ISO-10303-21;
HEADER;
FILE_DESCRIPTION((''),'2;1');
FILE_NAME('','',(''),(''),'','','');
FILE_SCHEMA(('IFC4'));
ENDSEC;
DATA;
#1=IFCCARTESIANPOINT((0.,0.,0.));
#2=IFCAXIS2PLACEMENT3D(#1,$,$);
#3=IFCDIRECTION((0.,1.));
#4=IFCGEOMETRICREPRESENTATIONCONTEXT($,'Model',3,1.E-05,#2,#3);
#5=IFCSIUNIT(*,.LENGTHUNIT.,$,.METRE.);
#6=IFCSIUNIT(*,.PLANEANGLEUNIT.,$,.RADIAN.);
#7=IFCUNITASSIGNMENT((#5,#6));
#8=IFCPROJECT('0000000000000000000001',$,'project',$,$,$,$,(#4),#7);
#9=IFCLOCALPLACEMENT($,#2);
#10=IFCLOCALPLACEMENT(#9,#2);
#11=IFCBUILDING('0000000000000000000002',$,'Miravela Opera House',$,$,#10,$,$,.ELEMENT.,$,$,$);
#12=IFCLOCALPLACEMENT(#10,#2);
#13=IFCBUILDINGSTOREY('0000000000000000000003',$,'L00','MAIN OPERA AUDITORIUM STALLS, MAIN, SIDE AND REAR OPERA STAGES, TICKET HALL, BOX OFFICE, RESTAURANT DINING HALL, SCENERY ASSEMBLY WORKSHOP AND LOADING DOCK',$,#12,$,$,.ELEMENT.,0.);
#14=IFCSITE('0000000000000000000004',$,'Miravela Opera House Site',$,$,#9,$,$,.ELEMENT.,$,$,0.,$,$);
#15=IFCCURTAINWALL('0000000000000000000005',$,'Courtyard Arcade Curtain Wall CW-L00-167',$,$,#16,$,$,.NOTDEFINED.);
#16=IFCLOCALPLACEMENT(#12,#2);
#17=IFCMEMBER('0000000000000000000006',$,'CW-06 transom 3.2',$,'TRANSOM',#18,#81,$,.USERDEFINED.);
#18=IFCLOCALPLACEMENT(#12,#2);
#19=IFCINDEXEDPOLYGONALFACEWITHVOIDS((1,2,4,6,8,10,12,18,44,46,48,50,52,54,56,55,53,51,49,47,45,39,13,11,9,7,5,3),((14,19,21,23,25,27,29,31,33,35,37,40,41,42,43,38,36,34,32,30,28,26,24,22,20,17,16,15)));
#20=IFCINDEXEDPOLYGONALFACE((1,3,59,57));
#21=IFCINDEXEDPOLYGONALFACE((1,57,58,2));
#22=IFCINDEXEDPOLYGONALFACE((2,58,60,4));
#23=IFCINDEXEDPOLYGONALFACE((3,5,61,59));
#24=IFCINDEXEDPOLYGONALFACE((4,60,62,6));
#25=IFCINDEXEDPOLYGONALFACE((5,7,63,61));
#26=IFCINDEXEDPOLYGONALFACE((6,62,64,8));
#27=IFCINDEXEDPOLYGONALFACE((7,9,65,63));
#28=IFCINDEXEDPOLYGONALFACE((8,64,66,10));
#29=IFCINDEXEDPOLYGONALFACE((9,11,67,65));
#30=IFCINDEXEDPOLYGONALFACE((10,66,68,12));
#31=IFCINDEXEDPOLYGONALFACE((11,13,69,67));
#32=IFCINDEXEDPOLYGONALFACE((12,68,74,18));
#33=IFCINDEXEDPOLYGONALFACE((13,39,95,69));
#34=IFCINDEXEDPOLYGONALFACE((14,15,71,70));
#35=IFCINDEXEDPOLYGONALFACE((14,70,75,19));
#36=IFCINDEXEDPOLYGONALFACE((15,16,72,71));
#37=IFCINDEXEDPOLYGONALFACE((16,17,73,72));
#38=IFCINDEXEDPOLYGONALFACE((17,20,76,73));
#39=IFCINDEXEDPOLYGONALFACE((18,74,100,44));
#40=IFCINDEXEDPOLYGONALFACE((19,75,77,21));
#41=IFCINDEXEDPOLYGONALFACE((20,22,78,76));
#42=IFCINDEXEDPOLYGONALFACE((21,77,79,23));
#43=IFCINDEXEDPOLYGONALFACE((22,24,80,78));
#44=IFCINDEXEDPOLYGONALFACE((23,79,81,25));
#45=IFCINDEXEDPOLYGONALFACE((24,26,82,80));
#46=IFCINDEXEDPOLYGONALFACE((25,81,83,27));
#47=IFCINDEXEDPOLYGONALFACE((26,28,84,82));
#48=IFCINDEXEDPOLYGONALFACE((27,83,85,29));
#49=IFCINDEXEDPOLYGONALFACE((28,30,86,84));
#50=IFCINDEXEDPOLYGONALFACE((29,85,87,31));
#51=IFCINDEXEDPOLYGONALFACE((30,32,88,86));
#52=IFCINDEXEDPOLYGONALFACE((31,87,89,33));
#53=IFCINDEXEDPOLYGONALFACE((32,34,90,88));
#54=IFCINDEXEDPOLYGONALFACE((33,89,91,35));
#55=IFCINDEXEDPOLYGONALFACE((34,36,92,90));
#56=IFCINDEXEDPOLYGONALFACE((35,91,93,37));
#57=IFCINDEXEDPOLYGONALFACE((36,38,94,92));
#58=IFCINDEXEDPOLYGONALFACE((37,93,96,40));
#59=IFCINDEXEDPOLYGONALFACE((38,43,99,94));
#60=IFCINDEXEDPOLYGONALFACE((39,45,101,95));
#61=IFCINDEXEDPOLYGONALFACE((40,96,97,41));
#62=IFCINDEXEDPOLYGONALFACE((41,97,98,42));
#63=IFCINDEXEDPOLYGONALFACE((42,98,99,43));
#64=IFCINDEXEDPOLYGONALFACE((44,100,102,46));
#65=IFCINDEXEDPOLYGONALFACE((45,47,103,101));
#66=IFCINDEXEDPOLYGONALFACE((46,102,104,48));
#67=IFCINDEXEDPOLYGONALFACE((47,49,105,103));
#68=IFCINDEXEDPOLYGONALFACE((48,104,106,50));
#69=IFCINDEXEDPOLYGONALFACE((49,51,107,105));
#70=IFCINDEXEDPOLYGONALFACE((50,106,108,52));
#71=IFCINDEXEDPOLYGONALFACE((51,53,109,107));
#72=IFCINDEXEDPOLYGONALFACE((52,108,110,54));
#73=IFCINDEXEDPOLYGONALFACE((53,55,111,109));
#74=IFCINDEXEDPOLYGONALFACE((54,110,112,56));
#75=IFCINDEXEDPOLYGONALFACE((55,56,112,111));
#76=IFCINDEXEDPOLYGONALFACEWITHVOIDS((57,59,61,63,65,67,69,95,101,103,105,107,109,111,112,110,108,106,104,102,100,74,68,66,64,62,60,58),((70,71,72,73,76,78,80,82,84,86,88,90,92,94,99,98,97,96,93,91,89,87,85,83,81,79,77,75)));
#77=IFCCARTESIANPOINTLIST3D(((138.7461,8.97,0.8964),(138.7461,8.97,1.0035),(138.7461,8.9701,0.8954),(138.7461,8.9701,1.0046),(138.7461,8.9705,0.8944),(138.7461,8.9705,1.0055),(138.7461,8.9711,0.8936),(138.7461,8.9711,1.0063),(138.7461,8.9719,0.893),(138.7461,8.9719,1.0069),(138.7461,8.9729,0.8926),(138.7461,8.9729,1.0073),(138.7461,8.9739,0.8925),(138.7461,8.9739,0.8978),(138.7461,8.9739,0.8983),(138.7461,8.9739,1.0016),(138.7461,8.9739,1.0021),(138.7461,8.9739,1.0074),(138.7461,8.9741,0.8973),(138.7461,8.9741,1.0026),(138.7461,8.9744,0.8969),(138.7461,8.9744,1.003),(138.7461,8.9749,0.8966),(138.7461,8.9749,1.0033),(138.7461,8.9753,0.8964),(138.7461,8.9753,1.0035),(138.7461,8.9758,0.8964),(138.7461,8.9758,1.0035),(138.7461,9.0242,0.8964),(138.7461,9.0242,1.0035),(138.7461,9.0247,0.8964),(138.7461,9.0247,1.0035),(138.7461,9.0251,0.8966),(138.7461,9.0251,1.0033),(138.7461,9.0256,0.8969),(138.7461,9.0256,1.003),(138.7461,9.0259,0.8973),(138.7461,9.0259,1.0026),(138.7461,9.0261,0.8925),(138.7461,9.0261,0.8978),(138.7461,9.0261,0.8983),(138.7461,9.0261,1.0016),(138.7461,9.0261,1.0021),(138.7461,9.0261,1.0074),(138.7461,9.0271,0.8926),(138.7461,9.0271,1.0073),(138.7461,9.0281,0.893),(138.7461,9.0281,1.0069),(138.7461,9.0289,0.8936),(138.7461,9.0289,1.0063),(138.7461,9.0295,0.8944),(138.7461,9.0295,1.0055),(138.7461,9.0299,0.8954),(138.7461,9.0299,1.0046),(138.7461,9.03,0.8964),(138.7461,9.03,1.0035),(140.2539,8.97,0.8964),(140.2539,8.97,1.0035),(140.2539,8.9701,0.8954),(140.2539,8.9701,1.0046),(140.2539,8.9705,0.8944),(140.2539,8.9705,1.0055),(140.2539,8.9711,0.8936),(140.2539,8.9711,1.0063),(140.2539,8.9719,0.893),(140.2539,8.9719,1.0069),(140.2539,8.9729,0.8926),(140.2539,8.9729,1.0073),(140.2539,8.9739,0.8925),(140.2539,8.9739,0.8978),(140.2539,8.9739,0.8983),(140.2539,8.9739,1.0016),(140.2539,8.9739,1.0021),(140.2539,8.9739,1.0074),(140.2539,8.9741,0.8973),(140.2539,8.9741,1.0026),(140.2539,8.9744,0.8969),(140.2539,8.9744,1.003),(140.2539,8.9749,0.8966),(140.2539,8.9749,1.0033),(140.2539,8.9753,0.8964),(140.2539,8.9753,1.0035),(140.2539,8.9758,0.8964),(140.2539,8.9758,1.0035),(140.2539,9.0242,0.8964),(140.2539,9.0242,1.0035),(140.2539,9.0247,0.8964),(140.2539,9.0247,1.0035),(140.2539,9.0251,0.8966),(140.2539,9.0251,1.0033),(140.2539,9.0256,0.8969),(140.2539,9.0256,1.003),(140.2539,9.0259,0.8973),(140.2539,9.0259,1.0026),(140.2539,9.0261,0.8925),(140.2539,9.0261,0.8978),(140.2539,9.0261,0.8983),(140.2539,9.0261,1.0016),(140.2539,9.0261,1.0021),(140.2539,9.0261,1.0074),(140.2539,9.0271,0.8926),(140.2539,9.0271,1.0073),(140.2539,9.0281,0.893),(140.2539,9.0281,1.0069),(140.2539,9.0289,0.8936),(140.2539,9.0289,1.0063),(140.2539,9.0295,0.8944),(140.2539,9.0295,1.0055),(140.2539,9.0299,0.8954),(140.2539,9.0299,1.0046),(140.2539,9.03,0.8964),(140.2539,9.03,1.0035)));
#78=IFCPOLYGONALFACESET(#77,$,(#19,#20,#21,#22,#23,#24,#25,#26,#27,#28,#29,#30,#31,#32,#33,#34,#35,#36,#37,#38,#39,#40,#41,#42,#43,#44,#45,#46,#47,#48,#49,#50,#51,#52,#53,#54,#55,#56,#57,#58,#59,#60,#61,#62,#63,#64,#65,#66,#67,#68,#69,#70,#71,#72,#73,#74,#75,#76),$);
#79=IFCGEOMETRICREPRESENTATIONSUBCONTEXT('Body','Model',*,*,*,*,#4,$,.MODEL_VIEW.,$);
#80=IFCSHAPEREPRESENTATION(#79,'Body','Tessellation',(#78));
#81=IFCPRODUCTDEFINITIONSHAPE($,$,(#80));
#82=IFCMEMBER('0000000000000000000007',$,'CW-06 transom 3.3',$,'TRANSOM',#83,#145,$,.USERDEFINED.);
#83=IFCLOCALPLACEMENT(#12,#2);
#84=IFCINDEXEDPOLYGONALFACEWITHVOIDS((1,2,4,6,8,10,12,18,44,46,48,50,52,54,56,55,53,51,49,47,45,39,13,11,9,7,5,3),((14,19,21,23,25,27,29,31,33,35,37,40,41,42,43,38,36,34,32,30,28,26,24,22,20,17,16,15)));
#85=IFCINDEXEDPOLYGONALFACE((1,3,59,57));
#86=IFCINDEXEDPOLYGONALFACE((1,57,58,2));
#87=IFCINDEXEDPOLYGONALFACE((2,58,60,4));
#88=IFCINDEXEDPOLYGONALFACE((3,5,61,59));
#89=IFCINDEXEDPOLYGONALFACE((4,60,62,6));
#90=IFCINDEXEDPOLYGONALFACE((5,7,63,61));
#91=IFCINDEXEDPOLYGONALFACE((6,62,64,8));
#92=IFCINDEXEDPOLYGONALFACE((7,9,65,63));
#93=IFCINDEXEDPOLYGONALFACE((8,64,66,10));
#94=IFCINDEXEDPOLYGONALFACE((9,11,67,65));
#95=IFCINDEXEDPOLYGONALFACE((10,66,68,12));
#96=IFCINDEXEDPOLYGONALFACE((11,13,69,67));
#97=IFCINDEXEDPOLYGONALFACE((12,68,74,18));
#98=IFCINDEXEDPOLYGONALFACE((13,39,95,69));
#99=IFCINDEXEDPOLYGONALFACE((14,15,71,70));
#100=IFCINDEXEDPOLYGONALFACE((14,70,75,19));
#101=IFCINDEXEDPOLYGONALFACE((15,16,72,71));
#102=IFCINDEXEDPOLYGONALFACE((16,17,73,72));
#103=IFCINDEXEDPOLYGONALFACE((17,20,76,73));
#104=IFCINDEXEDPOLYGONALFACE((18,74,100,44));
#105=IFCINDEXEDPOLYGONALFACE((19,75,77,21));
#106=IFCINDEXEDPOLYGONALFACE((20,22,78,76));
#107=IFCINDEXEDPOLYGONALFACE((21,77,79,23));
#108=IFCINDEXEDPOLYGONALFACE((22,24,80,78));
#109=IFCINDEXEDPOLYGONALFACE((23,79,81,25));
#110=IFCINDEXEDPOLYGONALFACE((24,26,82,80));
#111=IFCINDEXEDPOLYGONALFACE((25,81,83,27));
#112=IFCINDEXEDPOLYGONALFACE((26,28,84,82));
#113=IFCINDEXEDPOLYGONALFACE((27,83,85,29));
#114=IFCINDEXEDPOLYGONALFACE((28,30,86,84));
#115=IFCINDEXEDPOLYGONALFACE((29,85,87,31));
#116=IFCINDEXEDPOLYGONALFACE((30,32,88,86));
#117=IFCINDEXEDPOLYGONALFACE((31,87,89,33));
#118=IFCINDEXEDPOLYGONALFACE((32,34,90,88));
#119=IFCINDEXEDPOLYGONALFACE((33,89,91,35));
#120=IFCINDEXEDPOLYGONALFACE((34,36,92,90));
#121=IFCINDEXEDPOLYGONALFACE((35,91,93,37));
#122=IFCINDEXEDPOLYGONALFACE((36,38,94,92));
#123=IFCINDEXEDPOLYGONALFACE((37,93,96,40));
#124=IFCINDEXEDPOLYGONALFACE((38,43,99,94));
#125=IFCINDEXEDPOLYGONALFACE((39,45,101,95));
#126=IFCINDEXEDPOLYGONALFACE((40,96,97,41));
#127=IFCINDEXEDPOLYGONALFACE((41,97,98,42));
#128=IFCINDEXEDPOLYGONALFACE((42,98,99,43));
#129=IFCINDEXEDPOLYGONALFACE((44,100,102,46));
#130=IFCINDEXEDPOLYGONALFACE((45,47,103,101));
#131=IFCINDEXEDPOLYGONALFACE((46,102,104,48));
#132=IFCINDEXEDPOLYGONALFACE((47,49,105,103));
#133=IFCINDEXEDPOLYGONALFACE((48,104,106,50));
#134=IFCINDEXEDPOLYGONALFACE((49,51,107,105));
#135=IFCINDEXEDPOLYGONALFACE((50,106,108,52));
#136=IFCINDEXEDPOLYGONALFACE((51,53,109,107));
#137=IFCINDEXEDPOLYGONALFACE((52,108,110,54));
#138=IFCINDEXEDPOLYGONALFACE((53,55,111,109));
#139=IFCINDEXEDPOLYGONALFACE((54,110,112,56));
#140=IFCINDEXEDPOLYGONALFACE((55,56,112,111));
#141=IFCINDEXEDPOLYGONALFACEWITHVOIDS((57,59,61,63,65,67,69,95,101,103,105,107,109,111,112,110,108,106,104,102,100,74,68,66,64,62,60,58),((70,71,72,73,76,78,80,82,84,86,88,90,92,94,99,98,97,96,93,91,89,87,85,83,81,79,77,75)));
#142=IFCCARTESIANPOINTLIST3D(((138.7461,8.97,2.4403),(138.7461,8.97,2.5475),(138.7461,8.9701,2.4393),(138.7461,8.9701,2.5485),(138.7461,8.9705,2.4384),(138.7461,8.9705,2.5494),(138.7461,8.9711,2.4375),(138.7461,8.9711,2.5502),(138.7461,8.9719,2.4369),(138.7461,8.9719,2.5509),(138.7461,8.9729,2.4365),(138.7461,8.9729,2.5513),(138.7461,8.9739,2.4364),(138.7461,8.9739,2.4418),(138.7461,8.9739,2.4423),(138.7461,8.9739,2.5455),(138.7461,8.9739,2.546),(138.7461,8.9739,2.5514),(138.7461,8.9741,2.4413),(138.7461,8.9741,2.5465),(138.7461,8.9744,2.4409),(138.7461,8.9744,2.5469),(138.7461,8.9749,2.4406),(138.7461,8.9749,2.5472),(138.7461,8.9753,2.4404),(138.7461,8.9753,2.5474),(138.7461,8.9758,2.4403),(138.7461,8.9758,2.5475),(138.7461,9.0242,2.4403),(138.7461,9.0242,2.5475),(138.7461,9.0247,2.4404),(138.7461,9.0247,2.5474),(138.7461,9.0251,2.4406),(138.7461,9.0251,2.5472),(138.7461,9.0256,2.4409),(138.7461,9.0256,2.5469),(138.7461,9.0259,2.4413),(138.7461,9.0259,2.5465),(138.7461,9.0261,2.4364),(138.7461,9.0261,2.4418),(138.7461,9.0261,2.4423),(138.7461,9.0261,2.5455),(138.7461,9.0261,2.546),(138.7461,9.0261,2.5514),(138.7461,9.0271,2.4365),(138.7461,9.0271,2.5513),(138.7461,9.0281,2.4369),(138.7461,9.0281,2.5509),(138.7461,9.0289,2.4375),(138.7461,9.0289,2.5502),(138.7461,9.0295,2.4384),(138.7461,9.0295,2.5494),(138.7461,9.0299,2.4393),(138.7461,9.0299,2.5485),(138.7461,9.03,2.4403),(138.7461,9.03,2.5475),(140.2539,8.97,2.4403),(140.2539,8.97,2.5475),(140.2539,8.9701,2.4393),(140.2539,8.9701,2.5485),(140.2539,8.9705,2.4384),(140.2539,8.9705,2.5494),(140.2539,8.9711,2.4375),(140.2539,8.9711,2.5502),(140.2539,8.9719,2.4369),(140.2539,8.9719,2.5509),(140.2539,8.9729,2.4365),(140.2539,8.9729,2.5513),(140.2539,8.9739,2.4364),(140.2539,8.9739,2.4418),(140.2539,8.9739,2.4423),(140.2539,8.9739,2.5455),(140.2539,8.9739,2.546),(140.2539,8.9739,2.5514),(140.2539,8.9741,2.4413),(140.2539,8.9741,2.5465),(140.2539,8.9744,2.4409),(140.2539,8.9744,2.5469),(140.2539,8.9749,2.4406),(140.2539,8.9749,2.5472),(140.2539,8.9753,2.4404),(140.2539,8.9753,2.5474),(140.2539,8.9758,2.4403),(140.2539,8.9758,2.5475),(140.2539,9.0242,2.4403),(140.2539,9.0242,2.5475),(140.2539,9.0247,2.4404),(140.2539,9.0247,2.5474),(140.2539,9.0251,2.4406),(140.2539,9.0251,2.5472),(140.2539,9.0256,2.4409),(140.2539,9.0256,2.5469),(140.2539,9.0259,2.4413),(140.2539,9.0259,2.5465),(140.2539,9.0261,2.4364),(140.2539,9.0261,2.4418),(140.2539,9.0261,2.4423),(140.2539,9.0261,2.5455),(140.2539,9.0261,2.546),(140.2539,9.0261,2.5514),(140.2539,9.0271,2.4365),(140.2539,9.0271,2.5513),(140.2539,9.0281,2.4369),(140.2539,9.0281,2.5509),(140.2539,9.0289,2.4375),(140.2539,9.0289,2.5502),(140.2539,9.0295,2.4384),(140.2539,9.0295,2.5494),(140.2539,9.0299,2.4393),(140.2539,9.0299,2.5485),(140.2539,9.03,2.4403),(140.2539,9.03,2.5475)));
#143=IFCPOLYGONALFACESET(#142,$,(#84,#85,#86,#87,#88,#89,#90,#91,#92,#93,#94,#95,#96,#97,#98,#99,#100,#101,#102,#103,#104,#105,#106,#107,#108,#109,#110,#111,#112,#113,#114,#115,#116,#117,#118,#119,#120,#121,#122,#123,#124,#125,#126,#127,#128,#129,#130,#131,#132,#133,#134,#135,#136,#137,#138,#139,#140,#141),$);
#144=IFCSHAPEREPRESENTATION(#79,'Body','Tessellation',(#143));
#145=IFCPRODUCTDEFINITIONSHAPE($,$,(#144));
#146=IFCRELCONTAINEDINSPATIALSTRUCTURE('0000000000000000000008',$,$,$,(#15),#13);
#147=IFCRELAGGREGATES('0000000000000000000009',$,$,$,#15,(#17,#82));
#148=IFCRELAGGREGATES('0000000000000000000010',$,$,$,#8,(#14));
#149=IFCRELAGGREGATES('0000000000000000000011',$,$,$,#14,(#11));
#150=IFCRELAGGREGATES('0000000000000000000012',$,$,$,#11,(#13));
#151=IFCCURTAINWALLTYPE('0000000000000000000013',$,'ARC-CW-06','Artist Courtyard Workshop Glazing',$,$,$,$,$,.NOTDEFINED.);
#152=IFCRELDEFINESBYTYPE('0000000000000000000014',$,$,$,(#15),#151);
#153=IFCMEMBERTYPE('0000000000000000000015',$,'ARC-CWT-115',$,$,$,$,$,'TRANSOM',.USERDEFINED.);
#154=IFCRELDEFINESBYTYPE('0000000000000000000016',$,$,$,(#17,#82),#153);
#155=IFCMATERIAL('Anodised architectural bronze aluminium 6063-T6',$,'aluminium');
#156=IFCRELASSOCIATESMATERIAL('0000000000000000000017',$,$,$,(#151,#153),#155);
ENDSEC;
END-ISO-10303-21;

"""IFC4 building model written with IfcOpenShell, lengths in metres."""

from ifc_helpers import new_model, si_unit, direction, frame, origin, origin_2d, place, context, subcontext, project, spatial, hollow_rectangle, extrude, material, material_profile, profile_set, type_object, element, aggregate, save


model = new_model("IFC4")

# Units and contexts
model_context = context("Model", 3, precision=1e-05, world=origin(), true_north=direction((0.0, 1.0)))
body_context = subcontext(model_context, "Body", "Model", "MODEL_VIEW")
ifc_project = project(units=[si_unit("LENGTHUNIT", "METRE"), si_unit("PLANEANGLEUNIT", "RADIAN")], contexts=[model_context])

# Site, building, storey
site_placement = place(None, origin())
site = spatial("IfcSite", under=ifc_project, at=site_placement, Name="Miravela Opera House Site", CompositionType="ELEMENT", RefElevation=0.0)
building_placement = place(site_placement, origin())
building = spatial("IfcBuilding", under=site, at=building_placement, Name="Miravela Opera House", CompositionType="ELEMENT")
storey_placement = place(building_placement, origin())
storey = spatial("IfcBuildingStorey", under=building, at=storey_placement, Name="L00", Description="MAIN OPERA AUDITORIUM STALLS, MAIN, SIDE AND REAR OPERA STAGES, TICKET HALL, BOX OFFICE, RESTAURANT DINING HALL, SCENERY ASSEMBLY WORKSHOP AND LOADING DOCK", CompositionType="ELEMENT", Elevation=0.0)

# Curtain wall, members
ifc_material_1 = material(Name="Anodised architectural bronze aluminium 6063-T6", Category="aluminium")
curtain_wall_type = type_object("IfcCurtainWallType", Name="ARC-CW-06", Description="Artist Courtyard Workshop Glazing", PredefinedType="NOTDEFINED", material=ifc_material_1)
curtain_wall_placement = place(storey_placement, origin())
curtain_wall = element("IfcCurtainWall", 1, at=curtain_wall_placement, inside=storey, type_object=curtain_wall_type, Name="Courtyard Arcade Curtain Wall CW-L00-167", PredefinedType="NOTDEFINED")
ifc_material_profile_1 = material_profile(ifc_material_1, hollow_rectangle(XDim=0.0601, YDim=0.115, WallThickness=0.0039, InnerFilletRadius=0.002, OuterFilletRadius=0.0039, at=origin_2d()), Name="CWT-60X115")
ifc_profile_set_1 = profile_set([ifc_material_profile_1])
member_type_1 = type_object("IfcMemberType", Name="ARC-CWT-115", ElementType="TRANSOM", PredefinedType="USERDEFINED", material=ifc_profile_set_1)
member_1_placement = place(storey_placement, frame((138.7461, 9.0, 0.95), z_axis=(1.0, 0.0, 0.0), x_axis=(0.0, 1.0, 0.0)))
member_1 = element("IfcMember", 2, at=member_1_placement, type_object=member_type_1, Name="CW-06 transom 3.2", ObjectType="TRANSOM", PredefinedType="USERDEFINED", context=body_context, shape_type="SweptSolid", body=[
    extrude(hollow_rectangle(XDim=0.0601, YDim=0.115, WallThickness=0.0039, InnerFilletRadius=0.002, OuterFilletRadius=0.0039, at=origin_2d()), origin(), (0.0, 0.0, 1.0), 1.5078),
])
member_2_placement = place(storey_placement, frame((138.7461, 9.0, 2.4939), z_axis=(1.0, 0.0, 0.0), x_axis=(0.0, 1.0, 0.0)))
member_2 = element("IfcMember", 3, at=member_2_placement, type_object=member_type_1, Name="CW-06 transom 3.3", ObjectType="TRANSOM", PredefinedType="USERDEFINED", context=body_context, shape_type="SweptSolid", body=[
    extrude(hollow_rectangle(XDim=0.0601, YDim=0.115, WallThickness=0.0039, InnerFilletRadius=0.002, OuterFilletRadius=0.0039, at=origin_2d()), origin(), (0.0, 0.0, 1.0), 1.5078),
])
aggregate(curtain_wall, [member_1, member_2])

save(model, "model.ifc")
